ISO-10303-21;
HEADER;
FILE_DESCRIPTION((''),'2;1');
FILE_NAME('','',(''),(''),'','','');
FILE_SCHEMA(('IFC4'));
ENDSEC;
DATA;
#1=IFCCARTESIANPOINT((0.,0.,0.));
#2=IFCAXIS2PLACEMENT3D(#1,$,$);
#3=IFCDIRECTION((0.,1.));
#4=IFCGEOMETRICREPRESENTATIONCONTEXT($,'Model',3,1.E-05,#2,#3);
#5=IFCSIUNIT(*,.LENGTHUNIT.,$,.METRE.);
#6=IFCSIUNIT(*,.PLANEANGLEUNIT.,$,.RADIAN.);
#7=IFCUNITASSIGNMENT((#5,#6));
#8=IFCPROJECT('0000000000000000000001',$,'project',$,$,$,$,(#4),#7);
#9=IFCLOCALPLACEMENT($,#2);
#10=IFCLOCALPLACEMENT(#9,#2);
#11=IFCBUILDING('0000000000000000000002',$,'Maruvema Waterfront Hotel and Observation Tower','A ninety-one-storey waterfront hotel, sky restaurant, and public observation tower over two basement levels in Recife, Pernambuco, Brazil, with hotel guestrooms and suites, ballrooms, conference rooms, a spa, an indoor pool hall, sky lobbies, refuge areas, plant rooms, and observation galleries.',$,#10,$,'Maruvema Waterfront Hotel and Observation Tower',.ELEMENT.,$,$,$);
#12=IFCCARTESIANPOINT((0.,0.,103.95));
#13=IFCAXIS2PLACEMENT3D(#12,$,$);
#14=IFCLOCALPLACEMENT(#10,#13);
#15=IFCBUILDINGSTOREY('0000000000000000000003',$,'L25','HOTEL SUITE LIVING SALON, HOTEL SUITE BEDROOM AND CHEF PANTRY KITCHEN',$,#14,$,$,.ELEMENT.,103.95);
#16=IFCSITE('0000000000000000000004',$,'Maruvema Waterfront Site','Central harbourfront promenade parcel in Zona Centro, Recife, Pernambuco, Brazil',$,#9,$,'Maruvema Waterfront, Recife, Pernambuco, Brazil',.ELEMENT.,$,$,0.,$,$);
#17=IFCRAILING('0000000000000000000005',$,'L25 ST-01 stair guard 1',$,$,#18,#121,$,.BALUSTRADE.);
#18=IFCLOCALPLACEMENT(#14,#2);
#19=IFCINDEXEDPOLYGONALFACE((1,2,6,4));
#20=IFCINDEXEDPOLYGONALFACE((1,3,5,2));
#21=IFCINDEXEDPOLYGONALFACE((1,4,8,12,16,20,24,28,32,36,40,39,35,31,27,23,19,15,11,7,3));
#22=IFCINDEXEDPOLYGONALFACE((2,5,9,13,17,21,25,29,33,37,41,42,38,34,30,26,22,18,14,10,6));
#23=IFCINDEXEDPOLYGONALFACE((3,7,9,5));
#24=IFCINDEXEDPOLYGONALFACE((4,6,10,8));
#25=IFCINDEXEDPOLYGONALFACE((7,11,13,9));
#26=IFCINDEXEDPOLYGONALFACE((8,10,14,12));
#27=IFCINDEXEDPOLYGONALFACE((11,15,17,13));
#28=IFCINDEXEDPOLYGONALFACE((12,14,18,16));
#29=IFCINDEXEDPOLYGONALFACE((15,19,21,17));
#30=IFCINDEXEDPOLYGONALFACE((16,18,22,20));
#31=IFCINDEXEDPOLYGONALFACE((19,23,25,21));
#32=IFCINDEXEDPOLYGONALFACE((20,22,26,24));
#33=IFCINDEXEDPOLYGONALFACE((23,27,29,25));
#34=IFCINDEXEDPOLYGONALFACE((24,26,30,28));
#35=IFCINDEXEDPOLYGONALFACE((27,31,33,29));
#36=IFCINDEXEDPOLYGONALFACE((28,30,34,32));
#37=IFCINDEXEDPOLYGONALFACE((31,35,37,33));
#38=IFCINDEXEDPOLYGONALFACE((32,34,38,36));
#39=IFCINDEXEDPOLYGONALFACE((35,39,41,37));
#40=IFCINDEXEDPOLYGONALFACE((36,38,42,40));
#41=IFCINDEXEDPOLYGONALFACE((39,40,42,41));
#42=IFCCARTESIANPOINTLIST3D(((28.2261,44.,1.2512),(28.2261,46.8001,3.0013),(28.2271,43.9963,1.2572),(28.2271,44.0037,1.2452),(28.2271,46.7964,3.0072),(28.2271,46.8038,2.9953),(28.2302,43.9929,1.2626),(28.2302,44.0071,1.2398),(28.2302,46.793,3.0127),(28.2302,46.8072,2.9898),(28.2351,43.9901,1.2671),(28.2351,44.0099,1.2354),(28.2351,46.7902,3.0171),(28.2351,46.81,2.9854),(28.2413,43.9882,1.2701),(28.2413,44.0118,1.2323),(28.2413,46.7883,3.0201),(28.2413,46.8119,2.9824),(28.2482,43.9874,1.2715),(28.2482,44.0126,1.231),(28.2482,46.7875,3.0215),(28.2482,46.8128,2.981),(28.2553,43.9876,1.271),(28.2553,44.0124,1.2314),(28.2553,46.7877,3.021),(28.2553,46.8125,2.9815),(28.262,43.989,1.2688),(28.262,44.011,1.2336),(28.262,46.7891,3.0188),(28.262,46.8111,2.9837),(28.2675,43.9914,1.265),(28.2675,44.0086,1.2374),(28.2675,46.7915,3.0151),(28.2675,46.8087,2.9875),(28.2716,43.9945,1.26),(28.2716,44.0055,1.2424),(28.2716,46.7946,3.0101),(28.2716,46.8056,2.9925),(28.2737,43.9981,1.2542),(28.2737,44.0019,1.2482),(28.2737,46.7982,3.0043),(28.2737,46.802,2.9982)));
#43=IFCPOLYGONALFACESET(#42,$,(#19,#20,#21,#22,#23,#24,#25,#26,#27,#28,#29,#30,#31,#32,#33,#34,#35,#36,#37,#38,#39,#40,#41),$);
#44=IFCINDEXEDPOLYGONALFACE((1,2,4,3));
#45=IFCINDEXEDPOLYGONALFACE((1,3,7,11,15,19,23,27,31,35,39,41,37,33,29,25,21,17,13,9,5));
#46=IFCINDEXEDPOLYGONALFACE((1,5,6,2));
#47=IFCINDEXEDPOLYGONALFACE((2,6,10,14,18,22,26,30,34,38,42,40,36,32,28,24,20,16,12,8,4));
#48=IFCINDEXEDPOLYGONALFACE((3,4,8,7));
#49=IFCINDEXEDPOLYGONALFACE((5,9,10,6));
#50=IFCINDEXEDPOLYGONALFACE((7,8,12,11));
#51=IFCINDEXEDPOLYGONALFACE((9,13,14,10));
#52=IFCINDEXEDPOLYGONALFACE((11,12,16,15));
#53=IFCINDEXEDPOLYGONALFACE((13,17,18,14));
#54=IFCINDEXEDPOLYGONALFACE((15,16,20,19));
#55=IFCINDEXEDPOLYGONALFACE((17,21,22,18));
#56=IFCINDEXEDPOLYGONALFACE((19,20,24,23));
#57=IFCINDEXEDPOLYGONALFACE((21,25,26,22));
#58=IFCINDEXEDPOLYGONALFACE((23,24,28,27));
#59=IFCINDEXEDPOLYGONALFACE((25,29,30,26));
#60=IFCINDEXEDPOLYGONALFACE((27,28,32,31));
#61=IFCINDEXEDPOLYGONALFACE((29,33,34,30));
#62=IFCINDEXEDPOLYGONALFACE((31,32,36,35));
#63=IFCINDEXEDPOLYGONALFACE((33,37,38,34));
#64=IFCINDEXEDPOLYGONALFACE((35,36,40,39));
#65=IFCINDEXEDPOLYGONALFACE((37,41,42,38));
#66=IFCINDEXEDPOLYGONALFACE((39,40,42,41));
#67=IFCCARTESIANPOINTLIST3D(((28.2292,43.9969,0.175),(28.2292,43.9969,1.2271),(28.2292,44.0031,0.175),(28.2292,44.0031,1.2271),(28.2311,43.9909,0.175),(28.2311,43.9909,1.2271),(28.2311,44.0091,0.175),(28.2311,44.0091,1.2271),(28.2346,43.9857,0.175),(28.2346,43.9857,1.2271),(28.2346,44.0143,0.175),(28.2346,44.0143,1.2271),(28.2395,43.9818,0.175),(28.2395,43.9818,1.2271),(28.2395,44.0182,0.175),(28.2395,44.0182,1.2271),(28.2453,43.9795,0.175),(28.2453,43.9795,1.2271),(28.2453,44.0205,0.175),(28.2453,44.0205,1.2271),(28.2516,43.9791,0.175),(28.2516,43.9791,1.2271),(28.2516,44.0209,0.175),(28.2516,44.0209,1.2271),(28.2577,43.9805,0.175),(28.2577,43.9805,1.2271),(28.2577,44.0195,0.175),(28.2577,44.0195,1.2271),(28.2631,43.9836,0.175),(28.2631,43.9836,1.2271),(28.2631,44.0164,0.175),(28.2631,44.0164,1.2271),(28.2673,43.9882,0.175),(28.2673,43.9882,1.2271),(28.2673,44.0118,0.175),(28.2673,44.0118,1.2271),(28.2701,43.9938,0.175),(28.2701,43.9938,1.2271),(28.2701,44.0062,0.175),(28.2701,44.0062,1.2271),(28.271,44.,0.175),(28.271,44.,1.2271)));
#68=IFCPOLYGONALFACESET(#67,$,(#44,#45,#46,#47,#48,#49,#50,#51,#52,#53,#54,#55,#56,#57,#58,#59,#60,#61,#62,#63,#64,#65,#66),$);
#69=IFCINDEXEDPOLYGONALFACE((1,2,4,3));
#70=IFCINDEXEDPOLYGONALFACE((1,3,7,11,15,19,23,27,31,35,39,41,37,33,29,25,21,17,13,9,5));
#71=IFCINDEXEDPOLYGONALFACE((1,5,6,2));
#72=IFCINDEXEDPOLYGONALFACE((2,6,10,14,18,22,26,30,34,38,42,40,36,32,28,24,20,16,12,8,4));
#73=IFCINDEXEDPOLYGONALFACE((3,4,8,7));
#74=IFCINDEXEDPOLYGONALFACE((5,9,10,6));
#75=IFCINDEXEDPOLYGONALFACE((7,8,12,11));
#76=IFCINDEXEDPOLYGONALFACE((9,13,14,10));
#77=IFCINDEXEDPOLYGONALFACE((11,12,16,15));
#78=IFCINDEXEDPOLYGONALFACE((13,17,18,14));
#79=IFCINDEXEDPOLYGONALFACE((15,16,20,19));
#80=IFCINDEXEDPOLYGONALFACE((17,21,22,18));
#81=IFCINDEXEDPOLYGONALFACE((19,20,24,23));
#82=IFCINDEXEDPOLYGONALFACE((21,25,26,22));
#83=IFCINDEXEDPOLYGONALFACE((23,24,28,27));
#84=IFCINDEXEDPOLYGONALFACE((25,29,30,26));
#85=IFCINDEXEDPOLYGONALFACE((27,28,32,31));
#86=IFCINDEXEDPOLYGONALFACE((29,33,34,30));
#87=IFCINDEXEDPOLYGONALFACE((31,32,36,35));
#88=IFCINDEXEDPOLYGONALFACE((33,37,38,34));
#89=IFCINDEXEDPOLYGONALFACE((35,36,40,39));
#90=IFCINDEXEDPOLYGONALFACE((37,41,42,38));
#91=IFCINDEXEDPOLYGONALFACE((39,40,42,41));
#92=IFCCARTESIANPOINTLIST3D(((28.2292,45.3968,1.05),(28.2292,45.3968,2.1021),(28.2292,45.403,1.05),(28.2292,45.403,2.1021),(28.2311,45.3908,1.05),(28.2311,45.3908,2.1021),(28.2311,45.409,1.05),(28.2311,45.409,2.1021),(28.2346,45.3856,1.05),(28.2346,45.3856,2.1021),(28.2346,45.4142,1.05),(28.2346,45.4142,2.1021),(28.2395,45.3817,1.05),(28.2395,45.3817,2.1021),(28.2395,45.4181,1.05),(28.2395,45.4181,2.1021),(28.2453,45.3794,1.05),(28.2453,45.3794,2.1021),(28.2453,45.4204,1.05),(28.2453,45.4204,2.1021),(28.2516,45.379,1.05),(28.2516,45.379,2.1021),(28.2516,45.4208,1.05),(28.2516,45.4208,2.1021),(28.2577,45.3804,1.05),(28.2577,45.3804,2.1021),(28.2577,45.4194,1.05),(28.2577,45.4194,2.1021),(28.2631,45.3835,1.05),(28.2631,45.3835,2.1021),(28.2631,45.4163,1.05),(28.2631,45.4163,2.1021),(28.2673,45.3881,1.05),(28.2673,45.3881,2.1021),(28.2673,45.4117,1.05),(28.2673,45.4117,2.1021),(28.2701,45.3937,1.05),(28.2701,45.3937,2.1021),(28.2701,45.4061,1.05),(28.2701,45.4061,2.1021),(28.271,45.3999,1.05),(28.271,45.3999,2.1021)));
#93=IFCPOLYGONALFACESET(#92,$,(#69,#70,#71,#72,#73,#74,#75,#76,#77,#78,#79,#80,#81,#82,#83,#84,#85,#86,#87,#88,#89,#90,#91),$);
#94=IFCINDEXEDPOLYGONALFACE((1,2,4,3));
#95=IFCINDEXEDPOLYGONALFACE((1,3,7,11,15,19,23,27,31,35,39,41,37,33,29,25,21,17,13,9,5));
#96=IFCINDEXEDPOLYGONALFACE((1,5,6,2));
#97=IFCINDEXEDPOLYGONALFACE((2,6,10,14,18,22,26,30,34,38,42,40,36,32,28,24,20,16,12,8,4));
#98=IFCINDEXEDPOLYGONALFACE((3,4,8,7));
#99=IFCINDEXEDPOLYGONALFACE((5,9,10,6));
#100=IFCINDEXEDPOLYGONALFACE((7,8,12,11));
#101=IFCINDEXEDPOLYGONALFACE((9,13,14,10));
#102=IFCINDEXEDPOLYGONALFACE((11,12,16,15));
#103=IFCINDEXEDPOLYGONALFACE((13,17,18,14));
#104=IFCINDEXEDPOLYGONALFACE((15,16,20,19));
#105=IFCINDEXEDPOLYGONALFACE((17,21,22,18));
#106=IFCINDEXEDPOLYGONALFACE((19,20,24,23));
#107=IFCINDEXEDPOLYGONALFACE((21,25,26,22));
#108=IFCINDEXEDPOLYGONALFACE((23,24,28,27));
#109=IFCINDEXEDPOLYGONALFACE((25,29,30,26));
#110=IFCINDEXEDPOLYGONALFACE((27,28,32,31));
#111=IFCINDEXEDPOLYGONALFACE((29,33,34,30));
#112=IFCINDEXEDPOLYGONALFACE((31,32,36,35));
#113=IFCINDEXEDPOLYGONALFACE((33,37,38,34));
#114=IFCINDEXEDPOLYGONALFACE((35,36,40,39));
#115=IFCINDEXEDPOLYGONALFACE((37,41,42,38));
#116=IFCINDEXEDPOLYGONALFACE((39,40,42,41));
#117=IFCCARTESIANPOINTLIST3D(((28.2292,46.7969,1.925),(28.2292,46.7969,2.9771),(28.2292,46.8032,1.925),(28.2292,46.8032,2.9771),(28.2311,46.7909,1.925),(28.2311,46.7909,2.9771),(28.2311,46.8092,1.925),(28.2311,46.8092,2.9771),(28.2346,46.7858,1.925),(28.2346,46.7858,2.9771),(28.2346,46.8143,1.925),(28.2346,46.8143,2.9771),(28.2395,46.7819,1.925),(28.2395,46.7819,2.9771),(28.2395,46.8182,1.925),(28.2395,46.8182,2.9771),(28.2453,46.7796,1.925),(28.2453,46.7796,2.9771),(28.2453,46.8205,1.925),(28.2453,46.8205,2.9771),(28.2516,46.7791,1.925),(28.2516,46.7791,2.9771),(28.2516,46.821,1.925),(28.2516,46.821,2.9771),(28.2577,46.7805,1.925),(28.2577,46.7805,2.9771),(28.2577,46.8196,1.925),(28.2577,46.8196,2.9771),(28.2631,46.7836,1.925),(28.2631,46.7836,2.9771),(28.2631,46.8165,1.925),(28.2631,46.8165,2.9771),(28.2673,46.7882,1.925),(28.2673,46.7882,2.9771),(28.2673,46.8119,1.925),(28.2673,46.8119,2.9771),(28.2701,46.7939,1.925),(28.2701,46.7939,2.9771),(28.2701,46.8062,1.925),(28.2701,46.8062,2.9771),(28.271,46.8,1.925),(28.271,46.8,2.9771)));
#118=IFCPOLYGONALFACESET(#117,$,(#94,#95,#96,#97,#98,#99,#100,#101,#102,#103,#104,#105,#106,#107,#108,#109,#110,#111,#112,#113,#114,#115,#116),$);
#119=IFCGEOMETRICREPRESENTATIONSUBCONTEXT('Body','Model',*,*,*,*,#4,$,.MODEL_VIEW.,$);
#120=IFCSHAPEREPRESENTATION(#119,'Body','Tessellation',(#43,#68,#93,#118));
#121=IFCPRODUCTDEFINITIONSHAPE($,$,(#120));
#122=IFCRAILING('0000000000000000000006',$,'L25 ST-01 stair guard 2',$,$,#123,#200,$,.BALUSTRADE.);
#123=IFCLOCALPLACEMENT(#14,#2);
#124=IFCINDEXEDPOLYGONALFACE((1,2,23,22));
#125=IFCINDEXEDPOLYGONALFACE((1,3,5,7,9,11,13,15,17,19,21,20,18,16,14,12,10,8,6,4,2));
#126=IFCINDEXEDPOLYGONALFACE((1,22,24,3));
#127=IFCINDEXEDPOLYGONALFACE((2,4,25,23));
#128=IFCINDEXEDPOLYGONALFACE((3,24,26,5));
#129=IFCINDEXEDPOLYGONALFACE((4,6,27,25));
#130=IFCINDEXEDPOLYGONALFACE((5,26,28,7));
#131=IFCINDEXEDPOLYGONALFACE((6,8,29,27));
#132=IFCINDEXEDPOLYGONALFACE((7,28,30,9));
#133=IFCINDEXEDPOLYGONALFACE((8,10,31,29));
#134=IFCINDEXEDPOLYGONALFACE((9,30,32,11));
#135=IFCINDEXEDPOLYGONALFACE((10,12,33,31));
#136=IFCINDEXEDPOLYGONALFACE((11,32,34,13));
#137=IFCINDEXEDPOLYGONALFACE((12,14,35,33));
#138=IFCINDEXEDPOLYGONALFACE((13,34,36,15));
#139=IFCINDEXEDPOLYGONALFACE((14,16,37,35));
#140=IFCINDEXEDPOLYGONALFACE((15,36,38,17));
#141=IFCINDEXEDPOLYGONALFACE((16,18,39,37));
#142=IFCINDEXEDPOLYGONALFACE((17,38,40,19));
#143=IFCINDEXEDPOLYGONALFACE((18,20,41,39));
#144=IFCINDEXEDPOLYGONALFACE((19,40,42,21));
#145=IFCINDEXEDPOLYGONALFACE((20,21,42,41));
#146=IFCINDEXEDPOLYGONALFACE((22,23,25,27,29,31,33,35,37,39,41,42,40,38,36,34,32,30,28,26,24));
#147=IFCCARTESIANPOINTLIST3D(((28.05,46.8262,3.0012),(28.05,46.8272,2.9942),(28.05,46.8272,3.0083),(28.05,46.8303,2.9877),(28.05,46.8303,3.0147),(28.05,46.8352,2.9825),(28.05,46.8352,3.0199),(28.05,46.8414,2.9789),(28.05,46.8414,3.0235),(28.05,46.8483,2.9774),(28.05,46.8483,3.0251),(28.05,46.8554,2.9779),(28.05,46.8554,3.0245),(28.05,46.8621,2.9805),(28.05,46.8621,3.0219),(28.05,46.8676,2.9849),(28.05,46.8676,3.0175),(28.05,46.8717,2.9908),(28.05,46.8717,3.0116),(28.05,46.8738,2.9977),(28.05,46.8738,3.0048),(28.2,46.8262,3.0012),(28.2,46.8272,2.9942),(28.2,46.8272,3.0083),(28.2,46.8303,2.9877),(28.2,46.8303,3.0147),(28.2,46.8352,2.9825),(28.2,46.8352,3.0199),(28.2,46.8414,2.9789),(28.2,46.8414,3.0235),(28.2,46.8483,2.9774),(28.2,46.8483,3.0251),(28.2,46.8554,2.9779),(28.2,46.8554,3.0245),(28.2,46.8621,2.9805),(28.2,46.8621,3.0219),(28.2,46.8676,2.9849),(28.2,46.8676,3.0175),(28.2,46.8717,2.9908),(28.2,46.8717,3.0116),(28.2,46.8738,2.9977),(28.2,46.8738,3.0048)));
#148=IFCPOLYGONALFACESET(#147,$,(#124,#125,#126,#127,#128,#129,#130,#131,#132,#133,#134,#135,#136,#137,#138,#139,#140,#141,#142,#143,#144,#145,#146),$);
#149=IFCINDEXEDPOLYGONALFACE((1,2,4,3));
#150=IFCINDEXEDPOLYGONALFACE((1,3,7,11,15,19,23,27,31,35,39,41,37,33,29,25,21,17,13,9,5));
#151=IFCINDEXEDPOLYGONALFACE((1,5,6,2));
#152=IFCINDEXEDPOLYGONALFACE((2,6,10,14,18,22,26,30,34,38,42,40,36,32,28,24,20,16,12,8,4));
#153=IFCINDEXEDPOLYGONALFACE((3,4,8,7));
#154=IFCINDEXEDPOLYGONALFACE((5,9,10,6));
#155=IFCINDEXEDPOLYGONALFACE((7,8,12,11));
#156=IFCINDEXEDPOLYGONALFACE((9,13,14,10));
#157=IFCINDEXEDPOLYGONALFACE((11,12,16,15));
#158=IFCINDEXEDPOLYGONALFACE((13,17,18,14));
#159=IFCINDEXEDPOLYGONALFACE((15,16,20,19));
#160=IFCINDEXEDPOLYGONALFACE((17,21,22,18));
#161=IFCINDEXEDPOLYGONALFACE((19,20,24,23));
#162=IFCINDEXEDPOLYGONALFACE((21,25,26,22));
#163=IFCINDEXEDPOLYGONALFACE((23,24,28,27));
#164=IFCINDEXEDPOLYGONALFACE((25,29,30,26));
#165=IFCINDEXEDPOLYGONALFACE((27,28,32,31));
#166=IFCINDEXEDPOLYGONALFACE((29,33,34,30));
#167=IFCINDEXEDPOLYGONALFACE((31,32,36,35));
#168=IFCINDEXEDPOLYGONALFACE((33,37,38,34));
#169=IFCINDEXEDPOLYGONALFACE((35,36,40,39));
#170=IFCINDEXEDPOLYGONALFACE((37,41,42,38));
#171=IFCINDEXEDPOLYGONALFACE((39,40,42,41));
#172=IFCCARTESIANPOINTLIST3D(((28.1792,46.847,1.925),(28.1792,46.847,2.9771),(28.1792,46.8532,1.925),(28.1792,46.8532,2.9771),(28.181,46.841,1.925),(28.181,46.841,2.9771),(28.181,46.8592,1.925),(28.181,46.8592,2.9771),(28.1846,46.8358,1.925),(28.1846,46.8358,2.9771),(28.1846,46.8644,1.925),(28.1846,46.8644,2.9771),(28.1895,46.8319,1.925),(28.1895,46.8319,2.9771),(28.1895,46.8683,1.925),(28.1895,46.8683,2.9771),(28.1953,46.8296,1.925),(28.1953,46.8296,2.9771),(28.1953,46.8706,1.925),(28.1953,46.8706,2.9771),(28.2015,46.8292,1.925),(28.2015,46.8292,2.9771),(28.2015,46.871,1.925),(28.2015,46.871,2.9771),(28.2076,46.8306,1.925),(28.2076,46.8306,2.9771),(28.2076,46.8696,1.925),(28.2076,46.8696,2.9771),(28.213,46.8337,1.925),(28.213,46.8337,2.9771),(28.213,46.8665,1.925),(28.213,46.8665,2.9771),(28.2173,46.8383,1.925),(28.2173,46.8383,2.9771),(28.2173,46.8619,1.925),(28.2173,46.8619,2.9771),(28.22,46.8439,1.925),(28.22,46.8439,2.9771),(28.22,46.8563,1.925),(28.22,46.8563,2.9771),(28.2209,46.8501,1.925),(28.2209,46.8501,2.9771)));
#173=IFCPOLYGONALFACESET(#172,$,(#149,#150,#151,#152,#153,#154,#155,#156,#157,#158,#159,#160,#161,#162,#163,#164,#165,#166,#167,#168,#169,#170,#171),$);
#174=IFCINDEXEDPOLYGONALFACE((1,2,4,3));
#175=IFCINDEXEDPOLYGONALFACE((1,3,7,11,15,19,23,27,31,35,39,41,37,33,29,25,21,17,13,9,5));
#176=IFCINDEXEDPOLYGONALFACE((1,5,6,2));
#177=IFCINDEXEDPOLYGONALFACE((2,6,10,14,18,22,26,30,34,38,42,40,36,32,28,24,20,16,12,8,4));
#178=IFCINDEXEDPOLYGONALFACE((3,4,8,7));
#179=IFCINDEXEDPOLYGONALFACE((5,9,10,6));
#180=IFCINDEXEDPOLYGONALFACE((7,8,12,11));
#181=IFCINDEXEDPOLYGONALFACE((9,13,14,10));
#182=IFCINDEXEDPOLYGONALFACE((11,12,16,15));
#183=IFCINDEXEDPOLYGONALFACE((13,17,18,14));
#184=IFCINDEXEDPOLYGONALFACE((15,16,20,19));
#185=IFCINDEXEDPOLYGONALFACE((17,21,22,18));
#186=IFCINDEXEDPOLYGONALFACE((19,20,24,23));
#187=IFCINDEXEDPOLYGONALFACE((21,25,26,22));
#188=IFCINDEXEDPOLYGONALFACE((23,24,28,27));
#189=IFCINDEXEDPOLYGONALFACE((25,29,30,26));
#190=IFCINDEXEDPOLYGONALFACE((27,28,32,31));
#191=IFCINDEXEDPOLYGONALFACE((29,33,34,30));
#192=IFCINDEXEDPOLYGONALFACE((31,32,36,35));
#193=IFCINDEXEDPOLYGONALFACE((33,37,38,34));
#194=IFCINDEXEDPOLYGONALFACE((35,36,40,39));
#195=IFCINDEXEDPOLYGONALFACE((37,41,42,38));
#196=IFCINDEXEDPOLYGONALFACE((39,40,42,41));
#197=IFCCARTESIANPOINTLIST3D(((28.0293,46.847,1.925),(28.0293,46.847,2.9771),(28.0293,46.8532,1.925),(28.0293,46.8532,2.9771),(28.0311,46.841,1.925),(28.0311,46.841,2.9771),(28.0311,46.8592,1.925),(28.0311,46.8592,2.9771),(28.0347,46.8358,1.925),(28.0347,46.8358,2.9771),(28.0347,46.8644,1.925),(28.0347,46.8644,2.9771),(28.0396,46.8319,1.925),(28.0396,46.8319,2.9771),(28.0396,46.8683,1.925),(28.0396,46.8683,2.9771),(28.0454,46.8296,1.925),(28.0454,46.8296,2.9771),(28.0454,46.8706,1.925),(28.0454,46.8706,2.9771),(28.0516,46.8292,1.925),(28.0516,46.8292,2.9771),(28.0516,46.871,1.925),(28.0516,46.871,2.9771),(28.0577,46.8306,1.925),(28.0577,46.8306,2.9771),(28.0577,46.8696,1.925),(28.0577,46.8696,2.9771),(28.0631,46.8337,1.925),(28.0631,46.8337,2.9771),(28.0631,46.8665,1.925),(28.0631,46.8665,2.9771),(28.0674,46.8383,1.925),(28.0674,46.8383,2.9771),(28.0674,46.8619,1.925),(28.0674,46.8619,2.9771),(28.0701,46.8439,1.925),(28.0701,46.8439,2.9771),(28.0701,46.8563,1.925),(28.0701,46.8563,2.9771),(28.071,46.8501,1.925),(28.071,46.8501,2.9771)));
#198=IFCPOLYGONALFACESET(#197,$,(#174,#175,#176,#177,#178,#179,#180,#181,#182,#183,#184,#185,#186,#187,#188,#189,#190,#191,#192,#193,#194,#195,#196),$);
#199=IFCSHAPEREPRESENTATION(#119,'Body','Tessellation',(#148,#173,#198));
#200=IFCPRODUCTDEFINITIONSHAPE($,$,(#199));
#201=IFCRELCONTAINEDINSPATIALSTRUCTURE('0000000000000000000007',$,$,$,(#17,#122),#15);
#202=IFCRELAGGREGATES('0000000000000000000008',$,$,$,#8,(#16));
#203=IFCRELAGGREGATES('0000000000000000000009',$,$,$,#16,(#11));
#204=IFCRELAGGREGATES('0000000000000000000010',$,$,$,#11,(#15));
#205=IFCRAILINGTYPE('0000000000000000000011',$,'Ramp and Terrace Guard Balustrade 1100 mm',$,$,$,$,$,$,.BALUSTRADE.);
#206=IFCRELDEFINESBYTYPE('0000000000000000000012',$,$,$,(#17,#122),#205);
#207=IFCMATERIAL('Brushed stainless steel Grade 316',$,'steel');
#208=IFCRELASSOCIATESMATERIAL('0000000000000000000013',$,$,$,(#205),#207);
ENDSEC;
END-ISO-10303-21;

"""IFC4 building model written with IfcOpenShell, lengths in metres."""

from ifc_helpers import new_model, si_unit, direction, frame, origin, origin_2d, place, context, subcontext, project, spatial, circle, extrude, material, type_object, element, save


model = new_model("IFC4")

# Units and contexts
model_context = context("Model", 3, precision=1e-05, world=origin(), true_north=direction((0.0, 1.0)))
body_context = subcontext(model_context, "Body", "Model", "MODEL_VIEW")
ifc_project = project(units=[si_unit("LENGTHUNIT", "METRE"), si_unit("PLANEANGLEUNIT", "RADIAN")], contexts=[model_context])

# Site, building, storey
site_placement = place(None, origin())
site = spatial("IfcSite", under=ifc_project, at=site_placement, Name="Maruvema Waterfront Site", Description="Central harbourfront promenade parcel in Zona Centro, Recife, Pernambuco, Brazil", LongName="Maruvema Waterfront, Recife, Pernambuco, Brazil", CompositionType="ELEMENT", RefElevation=0.0)
building_placement = place(site_placement, origin())
building = spatial("IfcBuilding", under=site, at=building_placement, Name="Maruvema Waterfront Hotel and Observation Tower", Description="A ninety-one-storey waterfront hotel, sky restaurant, and public observation tower over two basement levels in Recife, Pernambuco, Brazil, with hotel guestrooms and suites, ballrooms, conference rooms, a spa, an indoor pool hall, sky lobbies, refuge areas, plant rooms, and observation galleries.", LongName="Maruvema Waterfront Hotel and Observation Tower", CompositionType="ELEMENT")
storey_placement = place(building_placement, frame((0.0, 0.0, 103.95)))
storey = spatial("IfcBuildingStorey", under=building, at=storey_placement, Name="L25", Description="HOTEL SUITE LIVING SALON, HOTEL SUITE BEDROOM AND CHEF PANTRY KITCHEN", CompositionType="ELEMENT", Elevation=103.95)

# Railings
ifc_material_1 = material(Name="Brushed stainless steel Grade 316", Category="steel")
railing_type_1 = type_object("IfcRailingType", Name="Ramp and Terrace Guard Balustrade 1100 mm", PredefinedType="BALUSTRADE", material=ifc_material_1)
railing_1_placement = place(storey_placement, frame((28.25, 44.0, 0.175)))
element("IfcRailing", 1, at=railing_1_placement, inside=storey, type_object=railing_type_1, Name="L25 ST-01 stair guard 1", PredefinedType="BALUSTRADE", context=body_context, shape_type="SweptSolid", body=[
    extrude(circle(Radius=0.0239, at=origin_2d()), frame((0.0, 0.0, 1.0762), z_axis=(0.0, 0.848002, 0.529992), x_axis=(-1.0, 0.0, 0.0)), (0.0, 0.0, 1.0), 3.302),
    extrude(circle(Radius=0.021, at=origin_2d()), origin(), (0.0, 0.0, 1.0), 1.052),
    extrude(circle(Radius=0.021, at=origin_2d()), frame((0.0, 1.3999, 0.875)), (0.0, 0.0, 1.0), 1.052),
    extrude(circle(Radius=0.021, at=origin_2d()), frame((0.0, 2.8, 1.75)), (0.0, 0.0, 1.0), 1.052),
])
railing_2_placement = place(storey_placement, frame((28.2, 46.8501, 1.925)))
element("IfcRailing", 2, at=railing_2_placement, inside=storey, type_object=railing_type_1, Name="L25 ST-01 stair guard 2", PredefinedType="BALUSTRADE", context=body_context, shape_type="SweptSolid", body=[
    extrude(circle(Radius=0.0239, at=origin_2d()), frame((0.0, 0.0, 1.0762), z_axis=(-1.0, 0.0, 0.0), x_axis=(0.0, -1.0, 0.0)), (0.0, 0.0, 1.0), 0.1499),
    extrude(circle(Radius=0.021, at=origin_2d()), origin(), (0.0, 0.0, 1.0), 1.052),
    extrude(circle(Radius=0.021, at=origin_2d()), frame((-0.1499, 0.0, 0.0)), (0.0, 0.0, 1.0), 1.052),
])

save(model, "model.ifc")
